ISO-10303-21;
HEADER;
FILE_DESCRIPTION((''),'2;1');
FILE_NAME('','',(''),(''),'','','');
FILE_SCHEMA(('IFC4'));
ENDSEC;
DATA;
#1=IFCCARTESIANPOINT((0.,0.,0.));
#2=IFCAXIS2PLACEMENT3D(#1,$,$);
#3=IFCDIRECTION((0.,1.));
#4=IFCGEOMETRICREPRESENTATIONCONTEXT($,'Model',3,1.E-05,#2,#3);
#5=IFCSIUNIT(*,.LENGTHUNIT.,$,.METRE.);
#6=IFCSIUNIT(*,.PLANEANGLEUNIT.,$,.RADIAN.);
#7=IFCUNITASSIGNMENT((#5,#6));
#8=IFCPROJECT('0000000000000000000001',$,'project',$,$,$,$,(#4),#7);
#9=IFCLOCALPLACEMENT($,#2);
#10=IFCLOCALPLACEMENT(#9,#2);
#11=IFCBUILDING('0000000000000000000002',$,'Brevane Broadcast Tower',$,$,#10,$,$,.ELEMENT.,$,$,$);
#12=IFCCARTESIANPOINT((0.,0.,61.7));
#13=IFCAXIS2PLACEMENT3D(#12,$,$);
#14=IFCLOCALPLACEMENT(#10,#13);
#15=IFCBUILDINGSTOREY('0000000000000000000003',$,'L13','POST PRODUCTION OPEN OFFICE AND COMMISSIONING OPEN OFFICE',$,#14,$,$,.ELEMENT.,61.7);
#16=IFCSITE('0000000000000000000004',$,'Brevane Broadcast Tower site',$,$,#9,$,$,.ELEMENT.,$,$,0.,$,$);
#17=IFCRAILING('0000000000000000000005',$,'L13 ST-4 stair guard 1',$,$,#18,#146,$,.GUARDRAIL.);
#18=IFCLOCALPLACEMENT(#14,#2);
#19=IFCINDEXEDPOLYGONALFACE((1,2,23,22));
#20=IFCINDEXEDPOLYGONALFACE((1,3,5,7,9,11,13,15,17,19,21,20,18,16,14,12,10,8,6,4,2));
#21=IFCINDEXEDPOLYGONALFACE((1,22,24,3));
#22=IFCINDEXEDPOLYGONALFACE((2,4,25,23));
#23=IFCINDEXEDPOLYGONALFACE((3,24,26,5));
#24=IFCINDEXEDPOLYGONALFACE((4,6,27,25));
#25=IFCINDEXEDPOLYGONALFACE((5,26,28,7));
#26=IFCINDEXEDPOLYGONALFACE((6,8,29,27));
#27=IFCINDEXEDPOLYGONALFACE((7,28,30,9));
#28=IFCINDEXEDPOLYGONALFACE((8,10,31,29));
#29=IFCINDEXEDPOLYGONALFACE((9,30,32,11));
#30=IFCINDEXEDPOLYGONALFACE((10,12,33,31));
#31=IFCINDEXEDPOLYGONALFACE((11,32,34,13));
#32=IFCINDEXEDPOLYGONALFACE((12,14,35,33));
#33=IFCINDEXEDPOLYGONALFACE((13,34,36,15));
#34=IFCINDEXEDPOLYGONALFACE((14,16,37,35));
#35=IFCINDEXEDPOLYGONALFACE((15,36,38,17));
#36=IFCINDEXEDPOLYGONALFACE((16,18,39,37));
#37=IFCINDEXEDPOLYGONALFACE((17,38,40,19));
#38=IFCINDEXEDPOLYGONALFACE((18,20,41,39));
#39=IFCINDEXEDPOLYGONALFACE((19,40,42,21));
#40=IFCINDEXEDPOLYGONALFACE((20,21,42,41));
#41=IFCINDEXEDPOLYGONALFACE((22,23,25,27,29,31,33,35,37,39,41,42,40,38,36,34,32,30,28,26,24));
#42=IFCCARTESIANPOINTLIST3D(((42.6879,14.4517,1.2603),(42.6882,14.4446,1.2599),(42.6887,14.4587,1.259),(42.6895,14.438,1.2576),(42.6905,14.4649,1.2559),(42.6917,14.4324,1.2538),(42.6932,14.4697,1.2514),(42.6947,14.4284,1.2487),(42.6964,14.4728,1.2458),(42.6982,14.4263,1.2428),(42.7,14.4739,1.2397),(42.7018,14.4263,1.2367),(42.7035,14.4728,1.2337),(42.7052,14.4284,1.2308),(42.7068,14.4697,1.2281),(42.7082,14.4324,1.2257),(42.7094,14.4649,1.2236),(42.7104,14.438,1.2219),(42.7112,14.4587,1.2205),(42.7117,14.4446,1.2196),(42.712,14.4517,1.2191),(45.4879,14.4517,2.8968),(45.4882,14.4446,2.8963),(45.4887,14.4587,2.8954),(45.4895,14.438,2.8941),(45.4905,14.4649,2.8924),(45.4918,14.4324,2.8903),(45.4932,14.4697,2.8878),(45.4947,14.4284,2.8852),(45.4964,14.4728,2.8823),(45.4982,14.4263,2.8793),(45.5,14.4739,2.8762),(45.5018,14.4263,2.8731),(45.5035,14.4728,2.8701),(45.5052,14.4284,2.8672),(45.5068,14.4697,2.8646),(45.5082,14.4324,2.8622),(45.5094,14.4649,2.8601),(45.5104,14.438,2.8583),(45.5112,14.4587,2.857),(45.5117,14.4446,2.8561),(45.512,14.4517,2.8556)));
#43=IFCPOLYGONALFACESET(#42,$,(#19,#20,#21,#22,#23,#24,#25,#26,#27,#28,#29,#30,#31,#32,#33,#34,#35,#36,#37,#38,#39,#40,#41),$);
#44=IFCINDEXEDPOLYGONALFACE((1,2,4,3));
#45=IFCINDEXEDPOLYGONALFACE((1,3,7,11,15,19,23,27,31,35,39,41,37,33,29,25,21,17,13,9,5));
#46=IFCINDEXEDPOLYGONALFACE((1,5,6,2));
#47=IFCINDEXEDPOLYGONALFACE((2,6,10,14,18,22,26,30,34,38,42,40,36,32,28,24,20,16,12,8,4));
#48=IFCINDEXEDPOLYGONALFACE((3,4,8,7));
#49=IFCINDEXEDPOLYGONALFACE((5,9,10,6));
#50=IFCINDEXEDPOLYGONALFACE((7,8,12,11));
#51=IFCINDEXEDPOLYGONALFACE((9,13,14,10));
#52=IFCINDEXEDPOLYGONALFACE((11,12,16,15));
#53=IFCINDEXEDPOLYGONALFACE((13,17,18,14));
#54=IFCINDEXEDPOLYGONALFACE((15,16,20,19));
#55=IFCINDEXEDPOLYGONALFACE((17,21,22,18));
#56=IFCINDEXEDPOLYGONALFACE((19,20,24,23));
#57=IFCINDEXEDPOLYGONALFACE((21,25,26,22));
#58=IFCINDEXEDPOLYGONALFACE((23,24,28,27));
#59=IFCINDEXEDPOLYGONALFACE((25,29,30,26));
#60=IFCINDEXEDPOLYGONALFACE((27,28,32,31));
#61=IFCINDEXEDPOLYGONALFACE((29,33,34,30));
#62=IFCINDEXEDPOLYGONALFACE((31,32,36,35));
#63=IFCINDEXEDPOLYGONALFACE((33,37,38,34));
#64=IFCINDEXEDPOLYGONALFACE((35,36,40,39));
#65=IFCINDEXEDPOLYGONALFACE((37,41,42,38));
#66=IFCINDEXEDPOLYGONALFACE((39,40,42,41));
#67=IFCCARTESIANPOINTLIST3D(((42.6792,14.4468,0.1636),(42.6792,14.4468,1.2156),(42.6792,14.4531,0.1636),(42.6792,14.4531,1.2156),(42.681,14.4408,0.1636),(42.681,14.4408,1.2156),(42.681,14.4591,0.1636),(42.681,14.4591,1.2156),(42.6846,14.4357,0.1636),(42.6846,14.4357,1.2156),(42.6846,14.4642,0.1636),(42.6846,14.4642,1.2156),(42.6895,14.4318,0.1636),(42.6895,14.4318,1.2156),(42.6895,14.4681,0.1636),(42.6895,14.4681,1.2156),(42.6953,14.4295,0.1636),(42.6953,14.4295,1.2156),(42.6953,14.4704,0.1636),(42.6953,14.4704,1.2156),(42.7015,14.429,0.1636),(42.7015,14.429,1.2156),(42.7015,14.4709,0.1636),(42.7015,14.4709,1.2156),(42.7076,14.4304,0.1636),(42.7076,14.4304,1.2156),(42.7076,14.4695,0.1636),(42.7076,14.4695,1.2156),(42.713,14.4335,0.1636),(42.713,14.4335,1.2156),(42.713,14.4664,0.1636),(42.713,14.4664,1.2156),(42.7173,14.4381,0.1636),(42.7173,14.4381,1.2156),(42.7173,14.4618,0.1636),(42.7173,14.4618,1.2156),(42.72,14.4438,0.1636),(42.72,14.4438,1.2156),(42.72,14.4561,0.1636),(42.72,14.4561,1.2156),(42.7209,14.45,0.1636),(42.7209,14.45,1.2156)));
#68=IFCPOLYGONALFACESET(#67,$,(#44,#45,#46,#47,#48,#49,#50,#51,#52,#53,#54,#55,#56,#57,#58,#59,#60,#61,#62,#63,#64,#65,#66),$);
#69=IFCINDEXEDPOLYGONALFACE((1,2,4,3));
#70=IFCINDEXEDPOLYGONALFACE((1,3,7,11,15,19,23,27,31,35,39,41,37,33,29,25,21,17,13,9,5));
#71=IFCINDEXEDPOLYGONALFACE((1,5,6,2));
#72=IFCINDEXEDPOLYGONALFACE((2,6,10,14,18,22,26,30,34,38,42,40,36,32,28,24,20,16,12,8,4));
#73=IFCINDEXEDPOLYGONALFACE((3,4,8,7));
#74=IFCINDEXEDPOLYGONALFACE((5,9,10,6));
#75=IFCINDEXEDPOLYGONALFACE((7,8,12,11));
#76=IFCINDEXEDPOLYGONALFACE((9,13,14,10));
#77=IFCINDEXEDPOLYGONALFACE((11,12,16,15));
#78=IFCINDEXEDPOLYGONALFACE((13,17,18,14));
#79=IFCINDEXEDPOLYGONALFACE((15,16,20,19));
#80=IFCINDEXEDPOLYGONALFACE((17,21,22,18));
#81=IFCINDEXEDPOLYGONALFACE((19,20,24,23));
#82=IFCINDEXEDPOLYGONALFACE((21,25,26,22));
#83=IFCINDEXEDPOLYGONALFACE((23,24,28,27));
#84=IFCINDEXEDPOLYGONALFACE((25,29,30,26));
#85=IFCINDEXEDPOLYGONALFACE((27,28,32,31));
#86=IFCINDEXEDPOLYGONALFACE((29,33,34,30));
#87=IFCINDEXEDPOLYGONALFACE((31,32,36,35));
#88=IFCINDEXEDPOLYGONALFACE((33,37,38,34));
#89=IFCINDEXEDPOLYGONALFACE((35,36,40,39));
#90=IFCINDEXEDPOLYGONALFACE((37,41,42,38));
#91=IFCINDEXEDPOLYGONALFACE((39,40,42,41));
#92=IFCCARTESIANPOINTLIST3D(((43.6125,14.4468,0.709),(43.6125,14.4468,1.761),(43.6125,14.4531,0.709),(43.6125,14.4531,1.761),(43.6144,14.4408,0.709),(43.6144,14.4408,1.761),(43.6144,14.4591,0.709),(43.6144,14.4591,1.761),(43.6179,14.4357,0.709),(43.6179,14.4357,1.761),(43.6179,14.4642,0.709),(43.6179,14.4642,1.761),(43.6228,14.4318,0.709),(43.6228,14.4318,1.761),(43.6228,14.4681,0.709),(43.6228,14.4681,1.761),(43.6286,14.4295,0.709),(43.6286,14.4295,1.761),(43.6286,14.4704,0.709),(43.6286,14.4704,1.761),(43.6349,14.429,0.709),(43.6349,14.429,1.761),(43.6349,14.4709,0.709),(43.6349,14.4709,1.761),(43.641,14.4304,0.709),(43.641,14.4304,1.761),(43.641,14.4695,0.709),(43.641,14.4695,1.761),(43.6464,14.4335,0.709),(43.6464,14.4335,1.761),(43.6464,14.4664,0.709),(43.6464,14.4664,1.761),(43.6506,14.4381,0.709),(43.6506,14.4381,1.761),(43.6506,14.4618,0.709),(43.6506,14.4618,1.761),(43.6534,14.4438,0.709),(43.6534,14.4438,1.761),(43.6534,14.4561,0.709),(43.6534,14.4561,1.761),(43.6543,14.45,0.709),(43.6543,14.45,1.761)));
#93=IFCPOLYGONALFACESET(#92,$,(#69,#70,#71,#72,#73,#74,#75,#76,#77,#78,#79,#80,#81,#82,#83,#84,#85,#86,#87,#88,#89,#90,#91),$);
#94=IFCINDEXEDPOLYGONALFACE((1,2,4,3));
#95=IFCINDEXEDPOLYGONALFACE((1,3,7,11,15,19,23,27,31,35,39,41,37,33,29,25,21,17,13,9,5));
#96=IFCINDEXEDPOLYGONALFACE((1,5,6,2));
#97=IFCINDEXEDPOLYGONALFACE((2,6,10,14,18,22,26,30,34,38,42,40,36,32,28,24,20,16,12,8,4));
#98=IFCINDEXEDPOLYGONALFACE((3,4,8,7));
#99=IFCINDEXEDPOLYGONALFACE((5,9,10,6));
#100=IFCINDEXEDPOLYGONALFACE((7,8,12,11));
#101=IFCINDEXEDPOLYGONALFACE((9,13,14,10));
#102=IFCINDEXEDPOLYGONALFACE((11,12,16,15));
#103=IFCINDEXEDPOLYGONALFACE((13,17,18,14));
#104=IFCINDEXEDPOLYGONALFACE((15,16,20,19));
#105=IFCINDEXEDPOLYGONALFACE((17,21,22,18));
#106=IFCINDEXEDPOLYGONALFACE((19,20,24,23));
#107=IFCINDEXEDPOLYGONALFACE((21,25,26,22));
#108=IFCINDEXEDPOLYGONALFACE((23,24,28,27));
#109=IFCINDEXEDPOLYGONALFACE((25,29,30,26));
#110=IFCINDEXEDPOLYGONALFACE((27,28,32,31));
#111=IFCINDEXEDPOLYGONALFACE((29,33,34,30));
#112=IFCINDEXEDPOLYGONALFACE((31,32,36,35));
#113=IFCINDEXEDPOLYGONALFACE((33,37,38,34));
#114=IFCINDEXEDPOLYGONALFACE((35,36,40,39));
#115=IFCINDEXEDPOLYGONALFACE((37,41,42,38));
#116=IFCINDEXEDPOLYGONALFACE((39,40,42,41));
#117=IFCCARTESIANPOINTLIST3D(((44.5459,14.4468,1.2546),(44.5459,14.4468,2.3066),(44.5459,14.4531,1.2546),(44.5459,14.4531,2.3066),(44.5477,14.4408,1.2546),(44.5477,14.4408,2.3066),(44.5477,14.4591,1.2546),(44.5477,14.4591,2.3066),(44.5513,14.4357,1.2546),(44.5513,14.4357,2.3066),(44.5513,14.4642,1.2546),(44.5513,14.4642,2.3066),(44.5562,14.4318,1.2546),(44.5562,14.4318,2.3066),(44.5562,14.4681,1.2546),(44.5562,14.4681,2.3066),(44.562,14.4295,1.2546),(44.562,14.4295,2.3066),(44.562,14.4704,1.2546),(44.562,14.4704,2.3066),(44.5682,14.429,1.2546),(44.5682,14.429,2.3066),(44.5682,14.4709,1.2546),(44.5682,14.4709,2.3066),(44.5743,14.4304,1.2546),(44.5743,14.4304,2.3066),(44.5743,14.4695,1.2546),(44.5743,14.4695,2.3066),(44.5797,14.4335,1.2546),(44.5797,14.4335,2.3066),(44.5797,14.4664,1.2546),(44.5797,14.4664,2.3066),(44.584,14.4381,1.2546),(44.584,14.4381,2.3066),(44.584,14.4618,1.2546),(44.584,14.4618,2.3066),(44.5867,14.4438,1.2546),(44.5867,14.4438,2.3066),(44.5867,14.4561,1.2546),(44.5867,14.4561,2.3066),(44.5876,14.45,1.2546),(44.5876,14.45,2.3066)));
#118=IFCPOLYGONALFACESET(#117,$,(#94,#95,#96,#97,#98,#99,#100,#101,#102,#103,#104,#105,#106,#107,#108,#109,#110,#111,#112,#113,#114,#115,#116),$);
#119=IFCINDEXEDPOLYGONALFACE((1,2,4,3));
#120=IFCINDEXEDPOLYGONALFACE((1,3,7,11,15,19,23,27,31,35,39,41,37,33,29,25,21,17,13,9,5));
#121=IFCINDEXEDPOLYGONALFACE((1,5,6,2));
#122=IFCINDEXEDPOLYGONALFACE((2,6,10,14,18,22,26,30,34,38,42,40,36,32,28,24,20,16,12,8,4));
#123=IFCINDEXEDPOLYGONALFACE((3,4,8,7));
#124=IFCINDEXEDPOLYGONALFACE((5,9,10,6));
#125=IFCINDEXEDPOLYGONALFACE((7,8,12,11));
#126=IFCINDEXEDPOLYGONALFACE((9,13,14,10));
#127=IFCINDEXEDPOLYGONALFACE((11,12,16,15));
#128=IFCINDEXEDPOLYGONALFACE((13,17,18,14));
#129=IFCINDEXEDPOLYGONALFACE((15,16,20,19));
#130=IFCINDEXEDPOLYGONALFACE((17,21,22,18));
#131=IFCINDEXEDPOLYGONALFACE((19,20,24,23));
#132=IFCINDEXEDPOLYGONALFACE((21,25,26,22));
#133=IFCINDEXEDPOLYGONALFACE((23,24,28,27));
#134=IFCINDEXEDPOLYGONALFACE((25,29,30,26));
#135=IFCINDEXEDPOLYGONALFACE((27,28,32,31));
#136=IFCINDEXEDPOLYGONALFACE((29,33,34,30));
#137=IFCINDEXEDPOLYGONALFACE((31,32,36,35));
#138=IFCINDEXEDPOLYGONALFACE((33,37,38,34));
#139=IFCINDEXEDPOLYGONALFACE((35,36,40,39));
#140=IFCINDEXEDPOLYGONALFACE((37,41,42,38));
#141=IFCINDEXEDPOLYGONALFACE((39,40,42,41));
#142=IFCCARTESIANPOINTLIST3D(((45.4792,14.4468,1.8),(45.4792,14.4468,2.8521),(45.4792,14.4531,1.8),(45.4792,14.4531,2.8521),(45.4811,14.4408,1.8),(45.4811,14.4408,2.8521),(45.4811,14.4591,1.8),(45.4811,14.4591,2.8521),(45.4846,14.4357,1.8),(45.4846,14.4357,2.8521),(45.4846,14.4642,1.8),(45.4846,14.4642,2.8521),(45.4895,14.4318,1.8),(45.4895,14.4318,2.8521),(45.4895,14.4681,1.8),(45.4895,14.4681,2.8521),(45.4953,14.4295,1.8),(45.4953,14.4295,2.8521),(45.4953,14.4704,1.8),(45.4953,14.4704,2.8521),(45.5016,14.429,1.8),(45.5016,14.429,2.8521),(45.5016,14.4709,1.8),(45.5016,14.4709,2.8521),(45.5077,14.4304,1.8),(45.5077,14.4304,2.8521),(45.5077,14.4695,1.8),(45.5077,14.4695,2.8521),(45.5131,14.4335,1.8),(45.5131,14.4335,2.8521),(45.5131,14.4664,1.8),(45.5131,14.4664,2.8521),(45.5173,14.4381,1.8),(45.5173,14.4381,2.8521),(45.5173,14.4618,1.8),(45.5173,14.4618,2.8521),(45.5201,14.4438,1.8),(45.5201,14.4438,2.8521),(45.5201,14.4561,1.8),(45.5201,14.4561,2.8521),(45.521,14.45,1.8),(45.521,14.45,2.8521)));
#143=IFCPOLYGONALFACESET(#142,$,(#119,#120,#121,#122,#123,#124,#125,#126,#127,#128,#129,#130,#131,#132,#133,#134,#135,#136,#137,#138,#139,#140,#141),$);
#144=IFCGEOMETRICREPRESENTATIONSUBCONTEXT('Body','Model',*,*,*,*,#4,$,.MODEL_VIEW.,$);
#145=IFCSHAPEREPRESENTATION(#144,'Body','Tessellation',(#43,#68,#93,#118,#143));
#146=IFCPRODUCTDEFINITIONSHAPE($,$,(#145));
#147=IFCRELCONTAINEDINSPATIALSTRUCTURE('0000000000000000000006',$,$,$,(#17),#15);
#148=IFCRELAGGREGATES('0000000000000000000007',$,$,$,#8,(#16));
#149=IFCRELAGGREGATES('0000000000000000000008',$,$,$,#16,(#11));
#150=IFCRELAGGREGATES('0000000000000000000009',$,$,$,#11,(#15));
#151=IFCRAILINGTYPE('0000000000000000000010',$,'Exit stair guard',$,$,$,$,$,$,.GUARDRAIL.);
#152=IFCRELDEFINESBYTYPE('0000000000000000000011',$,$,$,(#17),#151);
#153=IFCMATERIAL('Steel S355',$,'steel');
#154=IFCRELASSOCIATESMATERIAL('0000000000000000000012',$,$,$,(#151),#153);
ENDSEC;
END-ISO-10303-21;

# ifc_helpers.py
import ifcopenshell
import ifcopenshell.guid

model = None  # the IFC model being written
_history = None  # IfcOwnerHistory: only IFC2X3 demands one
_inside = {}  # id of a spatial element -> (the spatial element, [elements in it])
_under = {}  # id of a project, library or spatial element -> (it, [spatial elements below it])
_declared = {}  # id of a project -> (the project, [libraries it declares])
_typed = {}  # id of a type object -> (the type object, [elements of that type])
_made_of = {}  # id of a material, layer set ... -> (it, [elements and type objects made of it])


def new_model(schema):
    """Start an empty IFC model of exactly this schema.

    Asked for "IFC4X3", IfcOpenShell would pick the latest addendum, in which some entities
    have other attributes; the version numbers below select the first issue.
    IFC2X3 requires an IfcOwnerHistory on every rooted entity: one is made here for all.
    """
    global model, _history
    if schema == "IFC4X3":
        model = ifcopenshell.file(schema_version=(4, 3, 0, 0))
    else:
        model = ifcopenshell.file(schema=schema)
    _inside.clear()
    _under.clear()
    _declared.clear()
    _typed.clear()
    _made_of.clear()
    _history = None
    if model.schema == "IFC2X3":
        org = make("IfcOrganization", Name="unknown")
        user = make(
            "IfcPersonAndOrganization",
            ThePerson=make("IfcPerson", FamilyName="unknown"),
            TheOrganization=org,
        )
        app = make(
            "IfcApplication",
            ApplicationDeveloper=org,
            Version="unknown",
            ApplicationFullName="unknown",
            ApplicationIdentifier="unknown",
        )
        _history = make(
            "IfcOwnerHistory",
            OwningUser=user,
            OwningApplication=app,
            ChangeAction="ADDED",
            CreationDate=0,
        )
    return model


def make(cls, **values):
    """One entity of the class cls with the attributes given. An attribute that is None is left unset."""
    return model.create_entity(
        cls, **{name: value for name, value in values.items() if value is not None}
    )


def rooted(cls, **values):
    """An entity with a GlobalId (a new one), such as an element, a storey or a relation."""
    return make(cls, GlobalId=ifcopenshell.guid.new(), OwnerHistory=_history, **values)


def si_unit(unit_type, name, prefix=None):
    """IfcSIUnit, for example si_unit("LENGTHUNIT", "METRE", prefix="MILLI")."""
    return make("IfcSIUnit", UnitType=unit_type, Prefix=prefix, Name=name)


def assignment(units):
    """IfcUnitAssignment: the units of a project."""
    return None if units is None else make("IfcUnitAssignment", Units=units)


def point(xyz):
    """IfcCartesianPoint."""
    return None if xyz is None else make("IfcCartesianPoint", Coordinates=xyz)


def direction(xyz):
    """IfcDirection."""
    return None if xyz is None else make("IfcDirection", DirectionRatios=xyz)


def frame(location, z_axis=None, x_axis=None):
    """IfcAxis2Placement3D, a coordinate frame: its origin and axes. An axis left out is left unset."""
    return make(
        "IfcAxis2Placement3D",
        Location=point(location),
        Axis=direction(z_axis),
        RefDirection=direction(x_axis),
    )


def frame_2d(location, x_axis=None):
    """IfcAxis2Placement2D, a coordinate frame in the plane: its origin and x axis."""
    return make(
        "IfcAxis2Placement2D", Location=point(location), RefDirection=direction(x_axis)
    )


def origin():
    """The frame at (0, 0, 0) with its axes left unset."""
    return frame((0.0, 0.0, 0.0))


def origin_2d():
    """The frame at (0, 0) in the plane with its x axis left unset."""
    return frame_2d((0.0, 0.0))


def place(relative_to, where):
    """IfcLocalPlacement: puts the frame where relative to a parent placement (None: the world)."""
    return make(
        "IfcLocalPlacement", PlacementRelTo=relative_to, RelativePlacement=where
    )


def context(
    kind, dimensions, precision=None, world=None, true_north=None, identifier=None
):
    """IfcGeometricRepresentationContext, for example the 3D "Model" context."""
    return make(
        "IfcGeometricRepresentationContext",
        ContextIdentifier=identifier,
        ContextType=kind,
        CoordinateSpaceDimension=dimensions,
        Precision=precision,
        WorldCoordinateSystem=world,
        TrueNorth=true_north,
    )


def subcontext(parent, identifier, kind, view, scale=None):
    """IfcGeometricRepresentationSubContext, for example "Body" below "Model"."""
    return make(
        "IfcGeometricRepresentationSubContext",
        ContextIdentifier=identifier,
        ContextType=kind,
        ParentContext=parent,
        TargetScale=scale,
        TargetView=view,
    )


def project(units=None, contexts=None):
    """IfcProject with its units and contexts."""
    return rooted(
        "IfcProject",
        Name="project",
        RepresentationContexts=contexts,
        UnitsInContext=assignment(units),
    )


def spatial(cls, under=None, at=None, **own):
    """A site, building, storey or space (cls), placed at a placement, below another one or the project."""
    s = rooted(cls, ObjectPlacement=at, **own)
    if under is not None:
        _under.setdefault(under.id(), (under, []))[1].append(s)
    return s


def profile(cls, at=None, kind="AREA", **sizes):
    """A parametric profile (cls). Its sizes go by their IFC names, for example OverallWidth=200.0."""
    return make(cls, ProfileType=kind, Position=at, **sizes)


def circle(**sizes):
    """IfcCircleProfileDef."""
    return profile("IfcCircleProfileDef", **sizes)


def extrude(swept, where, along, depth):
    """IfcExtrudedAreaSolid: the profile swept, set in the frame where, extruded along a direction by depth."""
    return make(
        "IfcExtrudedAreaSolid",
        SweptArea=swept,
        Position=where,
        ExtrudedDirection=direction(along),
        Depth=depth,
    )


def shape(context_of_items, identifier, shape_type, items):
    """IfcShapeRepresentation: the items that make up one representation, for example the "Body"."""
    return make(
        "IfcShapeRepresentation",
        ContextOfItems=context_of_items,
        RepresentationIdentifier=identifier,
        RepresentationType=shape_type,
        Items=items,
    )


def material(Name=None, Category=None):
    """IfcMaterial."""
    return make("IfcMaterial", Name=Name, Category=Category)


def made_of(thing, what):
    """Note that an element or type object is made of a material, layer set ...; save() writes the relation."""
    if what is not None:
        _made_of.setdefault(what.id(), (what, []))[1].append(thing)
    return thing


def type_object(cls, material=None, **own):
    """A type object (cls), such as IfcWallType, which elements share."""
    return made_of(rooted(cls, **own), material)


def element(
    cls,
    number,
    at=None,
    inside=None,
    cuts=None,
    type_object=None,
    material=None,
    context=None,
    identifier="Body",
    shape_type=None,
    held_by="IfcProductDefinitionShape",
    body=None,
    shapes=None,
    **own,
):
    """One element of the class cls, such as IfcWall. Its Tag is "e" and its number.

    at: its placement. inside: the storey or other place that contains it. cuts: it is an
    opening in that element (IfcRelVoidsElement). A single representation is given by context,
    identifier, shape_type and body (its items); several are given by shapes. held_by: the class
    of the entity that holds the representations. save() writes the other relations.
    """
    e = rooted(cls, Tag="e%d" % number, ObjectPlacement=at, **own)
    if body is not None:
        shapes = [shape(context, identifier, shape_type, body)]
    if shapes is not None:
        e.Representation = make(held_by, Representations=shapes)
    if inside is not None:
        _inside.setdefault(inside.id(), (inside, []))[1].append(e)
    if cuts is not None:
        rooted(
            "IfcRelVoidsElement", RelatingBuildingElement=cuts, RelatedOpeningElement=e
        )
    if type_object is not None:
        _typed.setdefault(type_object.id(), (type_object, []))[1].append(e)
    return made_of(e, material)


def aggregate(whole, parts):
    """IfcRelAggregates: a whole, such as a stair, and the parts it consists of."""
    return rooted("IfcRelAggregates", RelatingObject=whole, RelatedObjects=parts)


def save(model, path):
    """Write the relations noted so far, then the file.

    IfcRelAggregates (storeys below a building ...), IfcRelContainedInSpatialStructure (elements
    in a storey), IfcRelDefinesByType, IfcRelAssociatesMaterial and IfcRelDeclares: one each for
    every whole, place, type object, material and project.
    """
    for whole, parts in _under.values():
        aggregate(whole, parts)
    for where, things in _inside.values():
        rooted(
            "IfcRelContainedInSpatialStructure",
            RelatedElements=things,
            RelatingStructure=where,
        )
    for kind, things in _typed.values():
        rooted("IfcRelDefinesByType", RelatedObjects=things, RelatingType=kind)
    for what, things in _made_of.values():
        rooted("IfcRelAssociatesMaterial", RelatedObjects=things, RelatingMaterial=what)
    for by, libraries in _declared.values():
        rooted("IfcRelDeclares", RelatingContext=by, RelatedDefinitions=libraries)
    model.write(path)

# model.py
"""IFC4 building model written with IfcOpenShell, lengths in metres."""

from ifc_helpers import new_model, si_unit, direction, frame, origin, origin_2d, place, context, subcontext, project, spatial, circle, extrude, material, type_object, element, save


model = new_model("IFC4")

# Units and contexts
model_context = context("Model", 3, precision=1e-05, world=origin(), true_north=direction((0.0, 1.0)))
body_context = subcontext(model_context, "Body", "Model", "MODEL_VIEW")
ifc_project = project(units=[si_unit("LENGTHUNIT", "METRE"), si_unit("PLANEANGLEUNIT", "RADIAN")], contexts=[model_context])

# Site, building, storey
site_placement = place(None, origin())
site = spatial("IfcSite", under=ifc_project, at=site_placement, Name="Brevane Broadcast Tower site", CompositionType="ELEMENT", RefElevation=0.0)
building_placement = place(site_placement, origin())
building = spatial("IfcBuilding", under=site, at=building_placement, Name="Brevane Broadcast Tower", CompositionType="ELEMENT")
storey_placement = place(building_placement, frame((0.0, 0.0, 61.7)))
storey = spatial("IfcBuildingStorey", under=building, at=storey_placement, Name="L13", Description="POST PRODUCTION OPEN OFFICE AND COMMISSIONING OPEN OFFICE", CompositionType="ELEMENT", Elevation=61.7)

# Railing
ifc_material_1 = material(Name="Steel S355", Category="steel")
railing_type_1 = type_object("IfcRailingType", Name="Exit stair guard", PredefinedType="GUARDRAIL", material=ifc_material_1)
railing_1_placement = place(storey_placement, frame((42.7, 14.45, 0.1636)))
element("IfcRailing", 1, at=railing_1_placement, inside=storey, type_object=railing_type_1, Name="L13 ST-4 stair guard 1", PredefinedType="GUARDRAIL", context=body_context, shape_type="SweptSolid", body=[
    extrude(circle(Radius=0.0239, at=origin_2d()), frame((0.0, 0.0, 1.0762), z_axis=(0.863361, 0.0, 0.504587), x_axis=(0.0, 1.0, 0.0)), (0.0, 0.0, 1.0), 3.2432),
    extrude(circle(Radius=0.021, at=origin_2d()), origin(), (0.0, 0.0, 1.0), 1.052),
    extrude(circle(Radius=0.021, at=origin_2d()), frame((0.9333, 0.0, 0.5454)), (0.0, 0.0, 1.0), 1.052),
    extrude(circle(Radius=0.021, at=origin_2d()), frame((1.8667, 0.0, 1.0911)), (0.0, 0.0, 1.0), 1.052),
    extrude(circle(Radius=0.021, at=origin_2d()), frame((2.8, 0.0, 1.6365)), (0.0, 0.0, 1.0), 1.052),
])

save(model, "model.ifc")
